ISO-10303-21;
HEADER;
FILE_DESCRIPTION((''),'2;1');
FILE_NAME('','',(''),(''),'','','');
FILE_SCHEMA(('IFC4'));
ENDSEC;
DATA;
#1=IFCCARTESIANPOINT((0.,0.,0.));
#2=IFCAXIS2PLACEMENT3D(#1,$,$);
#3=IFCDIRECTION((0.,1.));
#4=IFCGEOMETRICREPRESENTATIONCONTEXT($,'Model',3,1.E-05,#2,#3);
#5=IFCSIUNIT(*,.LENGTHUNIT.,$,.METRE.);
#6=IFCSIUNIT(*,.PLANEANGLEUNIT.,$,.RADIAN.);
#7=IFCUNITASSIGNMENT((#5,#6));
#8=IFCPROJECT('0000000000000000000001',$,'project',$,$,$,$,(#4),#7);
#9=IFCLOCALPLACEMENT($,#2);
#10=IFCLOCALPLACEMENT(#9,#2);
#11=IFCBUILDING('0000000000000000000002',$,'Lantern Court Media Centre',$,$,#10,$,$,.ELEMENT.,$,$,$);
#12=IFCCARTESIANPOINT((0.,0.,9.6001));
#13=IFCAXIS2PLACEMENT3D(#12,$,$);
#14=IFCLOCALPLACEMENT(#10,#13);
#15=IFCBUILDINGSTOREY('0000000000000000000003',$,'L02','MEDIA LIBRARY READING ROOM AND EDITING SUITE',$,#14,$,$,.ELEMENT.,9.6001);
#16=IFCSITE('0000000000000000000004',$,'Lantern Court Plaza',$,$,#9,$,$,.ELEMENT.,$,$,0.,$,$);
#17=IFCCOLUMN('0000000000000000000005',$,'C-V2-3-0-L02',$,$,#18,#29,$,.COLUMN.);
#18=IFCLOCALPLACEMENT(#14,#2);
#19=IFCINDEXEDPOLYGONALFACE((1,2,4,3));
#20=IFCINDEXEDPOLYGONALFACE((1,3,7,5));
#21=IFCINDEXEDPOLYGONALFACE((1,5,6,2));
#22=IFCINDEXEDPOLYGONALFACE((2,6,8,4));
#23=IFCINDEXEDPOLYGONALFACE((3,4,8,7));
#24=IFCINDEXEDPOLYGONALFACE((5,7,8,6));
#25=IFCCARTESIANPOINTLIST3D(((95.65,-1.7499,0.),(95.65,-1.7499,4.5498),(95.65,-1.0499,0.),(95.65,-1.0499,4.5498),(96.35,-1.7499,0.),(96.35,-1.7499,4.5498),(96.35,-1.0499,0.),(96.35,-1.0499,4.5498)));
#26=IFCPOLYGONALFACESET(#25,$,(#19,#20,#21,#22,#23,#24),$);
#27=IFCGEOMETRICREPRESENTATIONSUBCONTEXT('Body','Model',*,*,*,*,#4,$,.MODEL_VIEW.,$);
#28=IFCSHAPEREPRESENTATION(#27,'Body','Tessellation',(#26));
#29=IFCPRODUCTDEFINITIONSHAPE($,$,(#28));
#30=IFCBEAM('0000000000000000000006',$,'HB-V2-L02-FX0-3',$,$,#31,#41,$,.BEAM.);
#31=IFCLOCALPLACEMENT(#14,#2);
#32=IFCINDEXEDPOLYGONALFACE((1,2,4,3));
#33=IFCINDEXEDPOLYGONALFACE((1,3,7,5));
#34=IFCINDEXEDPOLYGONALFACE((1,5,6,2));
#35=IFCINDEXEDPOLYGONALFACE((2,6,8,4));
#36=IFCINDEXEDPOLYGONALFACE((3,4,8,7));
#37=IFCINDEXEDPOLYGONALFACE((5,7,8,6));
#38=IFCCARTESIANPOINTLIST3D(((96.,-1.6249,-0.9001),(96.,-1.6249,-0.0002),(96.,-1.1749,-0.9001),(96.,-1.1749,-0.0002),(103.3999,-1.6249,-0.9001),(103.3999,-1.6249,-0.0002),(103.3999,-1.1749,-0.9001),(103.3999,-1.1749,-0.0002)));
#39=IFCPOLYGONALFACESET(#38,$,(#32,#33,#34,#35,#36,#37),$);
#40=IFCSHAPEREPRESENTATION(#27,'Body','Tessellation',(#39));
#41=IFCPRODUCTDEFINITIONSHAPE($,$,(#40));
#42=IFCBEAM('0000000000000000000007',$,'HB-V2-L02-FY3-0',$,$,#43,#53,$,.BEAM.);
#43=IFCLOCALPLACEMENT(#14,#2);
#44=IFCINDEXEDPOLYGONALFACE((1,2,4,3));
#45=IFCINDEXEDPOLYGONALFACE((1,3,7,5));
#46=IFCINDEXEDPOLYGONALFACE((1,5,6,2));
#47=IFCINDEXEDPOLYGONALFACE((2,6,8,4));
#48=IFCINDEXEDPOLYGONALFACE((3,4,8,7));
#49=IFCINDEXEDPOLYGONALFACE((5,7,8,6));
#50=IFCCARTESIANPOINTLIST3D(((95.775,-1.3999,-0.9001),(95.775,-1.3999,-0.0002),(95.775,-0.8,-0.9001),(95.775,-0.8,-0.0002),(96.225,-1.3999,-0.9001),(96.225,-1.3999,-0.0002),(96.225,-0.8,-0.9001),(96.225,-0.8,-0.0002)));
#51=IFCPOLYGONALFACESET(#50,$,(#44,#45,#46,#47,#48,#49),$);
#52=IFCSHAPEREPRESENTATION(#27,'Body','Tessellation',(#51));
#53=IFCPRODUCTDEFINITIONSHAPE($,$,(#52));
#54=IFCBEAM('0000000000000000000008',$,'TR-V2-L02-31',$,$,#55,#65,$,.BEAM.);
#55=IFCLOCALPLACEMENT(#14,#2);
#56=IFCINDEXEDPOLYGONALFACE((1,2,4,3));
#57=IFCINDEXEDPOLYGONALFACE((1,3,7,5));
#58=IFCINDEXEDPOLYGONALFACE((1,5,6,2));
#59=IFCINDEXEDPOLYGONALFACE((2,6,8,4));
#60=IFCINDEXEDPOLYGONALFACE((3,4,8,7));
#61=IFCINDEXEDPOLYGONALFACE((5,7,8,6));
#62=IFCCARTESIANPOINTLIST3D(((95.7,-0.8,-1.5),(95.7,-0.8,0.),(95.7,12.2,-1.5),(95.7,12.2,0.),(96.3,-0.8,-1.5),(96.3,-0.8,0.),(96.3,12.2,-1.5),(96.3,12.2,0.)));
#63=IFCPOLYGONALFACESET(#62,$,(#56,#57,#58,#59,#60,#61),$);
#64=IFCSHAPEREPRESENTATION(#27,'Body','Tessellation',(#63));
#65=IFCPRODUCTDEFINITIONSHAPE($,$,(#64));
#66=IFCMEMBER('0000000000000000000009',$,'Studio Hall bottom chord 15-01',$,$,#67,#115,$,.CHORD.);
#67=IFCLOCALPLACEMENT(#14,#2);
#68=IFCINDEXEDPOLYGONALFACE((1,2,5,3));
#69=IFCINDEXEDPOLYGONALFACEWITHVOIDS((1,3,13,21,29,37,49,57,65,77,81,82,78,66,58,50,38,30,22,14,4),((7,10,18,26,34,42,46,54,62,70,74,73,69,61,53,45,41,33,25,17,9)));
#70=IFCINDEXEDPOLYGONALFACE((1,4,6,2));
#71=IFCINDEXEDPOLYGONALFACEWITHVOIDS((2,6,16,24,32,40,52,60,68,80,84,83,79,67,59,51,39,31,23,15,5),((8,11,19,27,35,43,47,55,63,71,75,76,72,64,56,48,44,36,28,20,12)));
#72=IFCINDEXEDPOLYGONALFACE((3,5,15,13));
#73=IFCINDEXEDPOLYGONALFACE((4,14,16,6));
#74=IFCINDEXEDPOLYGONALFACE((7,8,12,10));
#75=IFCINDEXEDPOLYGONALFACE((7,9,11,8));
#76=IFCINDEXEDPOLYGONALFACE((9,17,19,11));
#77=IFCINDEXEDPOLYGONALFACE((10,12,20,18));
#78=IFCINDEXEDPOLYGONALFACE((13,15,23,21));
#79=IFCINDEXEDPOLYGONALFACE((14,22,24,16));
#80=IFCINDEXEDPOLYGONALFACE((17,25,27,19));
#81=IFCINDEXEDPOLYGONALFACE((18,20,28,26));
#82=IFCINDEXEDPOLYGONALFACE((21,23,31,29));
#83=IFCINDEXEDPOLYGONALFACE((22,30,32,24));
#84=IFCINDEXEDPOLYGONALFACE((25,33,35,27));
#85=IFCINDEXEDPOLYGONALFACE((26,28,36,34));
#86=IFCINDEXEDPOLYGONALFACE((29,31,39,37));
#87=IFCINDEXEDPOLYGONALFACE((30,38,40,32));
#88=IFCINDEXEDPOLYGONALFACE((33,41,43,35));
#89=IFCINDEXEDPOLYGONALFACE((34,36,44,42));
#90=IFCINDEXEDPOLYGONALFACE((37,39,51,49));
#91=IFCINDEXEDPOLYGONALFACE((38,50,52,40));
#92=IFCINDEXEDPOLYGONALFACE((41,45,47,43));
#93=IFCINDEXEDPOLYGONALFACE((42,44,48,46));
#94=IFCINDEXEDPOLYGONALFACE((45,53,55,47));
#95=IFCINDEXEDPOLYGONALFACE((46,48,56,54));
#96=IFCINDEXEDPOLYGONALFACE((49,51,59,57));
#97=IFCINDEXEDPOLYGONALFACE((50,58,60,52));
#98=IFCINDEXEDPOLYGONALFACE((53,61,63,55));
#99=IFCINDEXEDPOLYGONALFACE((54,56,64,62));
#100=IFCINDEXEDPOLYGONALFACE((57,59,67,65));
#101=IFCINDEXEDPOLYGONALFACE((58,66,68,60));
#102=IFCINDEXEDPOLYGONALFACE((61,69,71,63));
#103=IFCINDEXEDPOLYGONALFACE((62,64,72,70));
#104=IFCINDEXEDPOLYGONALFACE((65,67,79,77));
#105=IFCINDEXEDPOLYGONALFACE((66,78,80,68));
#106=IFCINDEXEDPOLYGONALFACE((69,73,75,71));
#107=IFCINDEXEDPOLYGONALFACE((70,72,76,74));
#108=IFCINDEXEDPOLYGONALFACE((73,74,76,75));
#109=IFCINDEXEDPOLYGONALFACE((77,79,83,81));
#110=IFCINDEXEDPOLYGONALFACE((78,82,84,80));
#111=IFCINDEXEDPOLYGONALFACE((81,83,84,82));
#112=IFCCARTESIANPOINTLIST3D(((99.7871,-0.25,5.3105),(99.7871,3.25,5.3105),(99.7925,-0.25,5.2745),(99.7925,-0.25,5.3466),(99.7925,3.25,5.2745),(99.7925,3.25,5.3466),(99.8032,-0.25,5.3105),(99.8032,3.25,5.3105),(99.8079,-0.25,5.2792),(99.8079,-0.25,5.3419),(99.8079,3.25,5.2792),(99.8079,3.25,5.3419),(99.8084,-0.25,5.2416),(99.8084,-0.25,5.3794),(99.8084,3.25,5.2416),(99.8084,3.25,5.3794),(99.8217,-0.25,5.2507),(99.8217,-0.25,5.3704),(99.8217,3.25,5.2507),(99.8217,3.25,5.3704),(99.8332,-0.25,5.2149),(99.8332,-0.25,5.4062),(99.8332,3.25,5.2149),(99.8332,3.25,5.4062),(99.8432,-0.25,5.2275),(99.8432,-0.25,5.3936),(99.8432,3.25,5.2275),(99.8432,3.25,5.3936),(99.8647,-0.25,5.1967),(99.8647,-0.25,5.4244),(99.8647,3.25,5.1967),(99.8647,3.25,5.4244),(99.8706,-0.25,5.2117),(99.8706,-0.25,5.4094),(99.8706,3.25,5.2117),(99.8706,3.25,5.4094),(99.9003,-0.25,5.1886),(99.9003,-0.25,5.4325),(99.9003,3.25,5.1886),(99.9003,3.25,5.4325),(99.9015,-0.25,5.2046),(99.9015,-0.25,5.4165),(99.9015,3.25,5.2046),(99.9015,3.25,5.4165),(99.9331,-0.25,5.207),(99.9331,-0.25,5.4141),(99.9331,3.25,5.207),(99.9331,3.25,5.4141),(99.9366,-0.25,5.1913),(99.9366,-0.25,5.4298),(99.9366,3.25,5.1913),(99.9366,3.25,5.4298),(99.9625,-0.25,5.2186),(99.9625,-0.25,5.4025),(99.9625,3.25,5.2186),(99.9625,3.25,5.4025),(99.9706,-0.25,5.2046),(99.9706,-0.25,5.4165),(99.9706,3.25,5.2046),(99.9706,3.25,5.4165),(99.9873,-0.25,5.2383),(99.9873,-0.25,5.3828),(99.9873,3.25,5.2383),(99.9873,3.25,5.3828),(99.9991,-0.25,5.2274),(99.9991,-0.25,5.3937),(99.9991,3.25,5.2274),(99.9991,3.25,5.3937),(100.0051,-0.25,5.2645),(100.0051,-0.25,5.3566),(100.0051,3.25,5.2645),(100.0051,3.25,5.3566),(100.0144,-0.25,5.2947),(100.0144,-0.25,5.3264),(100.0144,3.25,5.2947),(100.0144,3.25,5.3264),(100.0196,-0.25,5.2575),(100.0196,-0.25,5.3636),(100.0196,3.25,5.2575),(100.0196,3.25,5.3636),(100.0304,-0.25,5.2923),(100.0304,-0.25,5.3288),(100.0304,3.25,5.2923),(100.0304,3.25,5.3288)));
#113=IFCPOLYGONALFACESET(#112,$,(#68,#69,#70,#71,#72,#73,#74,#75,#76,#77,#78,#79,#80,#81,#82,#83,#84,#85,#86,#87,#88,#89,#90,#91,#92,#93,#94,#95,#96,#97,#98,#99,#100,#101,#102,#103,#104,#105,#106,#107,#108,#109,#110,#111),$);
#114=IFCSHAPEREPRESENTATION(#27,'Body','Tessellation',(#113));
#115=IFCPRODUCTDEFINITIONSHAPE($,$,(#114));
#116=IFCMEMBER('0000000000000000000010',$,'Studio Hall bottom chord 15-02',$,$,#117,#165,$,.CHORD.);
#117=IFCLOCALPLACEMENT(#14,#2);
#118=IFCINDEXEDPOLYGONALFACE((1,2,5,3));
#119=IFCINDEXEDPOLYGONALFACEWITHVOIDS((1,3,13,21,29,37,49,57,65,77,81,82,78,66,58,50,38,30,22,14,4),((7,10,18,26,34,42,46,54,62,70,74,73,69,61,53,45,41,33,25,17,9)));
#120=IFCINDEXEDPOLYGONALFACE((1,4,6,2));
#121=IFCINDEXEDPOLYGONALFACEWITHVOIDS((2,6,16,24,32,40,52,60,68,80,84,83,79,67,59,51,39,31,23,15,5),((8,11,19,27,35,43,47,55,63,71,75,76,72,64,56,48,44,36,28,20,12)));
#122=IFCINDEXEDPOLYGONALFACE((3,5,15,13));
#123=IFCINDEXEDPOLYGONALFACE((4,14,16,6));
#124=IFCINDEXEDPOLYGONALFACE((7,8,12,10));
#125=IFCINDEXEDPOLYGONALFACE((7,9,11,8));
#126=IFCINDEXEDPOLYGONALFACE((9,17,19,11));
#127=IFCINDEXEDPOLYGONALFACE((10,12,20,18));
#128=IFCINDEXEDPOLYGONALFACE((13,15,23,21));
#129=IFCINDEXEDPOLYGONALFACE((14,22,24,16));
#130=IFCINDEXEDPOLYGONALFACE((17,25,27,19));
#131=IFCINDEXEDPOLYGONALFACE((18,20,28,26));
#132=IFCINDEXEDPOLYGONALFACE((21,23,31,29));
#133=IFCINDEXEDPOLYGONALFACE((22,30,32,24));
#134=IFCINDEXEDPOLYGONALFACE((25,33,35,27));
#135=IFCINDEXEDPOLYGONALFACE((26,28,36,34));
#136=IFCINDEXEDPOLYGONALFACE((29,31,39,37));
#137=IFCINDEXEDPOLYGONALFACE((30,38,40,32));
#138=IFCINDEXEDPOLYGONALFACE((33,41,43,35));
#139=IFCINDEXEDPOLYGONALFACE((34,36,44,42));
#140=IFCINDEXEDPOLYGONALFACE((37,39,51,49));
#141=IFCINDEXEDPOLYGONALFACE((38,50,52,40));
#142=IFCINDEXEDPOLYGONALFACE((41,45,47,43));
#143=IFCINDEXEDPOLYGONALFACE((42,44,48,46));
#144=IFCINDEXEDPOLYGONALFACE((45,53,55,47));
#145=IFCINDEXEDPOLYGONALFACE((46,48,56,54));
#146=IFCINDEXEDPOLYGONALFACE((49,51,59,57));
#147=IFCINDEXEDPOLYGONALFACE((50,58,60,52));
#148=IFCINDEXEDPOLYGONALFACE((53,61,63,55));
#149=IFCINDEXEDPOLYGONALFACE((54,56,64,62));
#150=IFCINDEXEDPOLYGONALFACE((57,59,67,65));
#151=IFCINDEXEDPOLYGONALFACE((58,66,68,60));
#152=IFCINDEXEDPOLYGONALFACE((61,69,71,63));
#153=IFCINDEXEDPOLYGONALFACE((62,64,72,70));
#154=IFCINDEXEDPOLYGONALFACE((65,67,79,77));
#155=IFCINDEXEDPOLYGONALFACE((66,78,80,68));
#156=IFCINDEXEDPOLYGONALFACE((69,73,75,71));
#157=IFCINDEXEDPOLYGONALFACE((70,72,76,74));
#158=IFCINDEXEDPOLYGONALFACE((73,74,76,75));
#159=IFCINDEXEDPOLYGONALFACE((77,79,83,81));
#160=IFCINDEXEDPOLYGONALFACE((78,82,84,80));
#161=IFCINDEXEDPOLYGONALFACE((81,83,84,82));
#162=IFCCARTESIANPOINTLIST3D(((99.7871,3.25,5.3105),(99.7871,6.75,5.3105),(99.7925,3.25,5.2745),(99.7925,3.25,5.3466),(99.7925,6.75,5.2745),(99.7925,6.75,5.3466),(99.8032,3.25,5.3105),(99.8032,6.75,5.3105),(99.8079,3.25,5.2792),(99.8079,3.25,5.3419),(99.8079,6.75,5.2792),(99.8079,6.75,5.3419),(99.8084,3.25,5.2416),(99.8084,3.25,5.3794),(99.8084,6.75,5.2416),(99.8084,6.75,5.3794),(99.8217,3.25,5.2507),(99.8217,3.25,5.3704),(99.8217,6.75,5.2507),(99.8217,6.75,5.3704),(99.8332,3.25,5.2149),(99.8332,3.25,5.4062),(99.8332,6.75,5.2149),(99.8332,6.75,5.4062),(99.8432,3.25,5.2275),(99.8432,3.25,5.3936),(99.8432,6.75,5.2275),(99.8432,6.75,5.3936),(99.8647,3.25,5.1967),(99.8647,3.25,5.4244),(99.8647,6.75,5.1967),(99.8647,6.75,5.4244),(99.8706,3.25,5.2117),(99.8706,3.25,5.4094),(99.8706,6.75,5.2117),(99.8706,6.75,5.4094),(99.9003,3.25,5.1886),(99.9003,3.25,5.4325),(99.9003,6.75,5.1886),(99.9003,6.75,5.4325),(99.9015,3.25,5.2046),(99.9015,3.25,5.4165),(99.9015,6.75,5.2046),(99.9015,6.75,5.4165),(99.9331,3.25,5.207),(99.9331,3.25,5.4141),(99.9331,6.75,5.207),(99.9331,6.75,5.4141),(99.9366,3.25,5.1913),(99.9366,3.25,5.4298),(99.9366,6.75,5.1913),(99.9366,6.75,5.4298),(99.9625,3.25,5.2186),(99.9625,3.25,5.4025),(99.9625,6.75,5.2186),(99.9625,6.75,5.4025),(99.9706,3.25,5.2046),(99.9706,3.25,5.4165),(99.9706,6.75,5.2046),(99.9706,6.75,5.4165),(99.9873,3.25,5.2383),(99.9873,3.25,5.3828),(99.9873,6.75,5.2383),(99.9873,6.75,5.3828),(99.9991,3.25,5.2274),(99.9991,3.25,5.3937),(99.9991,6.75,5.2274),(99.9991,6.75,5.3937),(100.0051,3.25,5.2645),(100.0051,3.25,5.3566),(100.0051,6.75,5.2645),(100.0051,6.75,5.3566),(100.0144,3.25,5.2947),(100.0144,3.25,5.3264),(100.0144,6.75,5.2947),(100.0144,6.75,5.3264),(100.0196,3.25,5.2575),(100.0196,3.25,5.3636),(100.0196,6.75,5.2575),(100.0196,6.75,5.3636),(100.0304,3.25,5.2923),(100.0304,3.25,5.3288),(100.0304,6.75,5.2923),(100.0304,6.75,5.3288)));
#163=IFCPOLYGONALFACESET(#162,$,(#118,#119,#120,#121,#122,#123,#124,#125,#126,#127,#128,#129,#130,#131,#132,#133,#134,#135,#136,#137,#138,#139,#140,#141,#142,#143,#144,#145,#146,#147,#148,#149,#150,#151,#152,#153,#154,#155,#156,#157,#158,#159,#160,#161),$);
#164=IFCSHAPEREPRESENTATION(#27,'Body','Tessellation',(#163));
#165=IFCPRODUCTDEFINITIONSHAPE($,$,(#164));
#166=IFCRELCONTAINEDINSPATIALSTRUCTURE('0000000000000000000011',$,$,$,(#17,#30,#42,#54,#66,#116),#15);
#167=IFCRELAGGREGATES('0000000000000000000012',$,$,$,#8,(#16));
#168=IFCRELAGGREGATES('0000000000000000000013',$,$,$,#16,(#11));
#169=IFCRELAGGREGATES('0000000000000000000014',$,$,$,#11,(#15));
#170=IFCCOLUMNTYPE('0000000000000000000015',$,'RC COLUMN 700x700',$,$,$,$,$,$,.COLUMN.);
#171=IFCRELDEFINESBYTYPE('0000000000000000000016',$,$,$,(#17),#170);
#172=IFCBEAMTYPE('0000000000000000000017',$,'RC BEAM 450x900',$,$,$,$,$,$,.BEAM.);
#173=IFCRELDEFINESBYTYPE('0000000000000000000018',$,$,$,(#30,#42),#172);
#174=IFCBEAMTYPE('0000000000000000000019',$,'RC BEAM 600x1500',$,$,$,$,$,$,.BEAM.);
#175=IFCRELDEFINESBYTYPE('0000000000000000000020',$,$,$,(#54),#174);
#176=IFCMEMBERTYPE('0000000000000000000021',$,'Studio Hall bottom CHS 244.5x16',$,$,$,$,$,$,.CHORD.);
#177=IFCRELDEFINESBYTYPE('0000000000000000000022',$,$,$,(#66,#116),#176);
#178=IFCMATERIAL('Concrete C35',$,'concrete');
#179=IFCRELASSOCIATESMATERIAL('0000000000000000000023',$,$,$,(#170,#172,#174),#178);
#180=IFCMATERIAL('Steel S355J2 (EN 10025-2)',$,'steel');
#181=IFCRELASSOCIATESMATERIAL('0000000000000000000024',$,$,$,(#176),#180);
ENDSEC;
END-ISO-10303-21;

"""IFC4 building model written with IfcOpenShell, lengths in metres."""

from ifc_helpers import new_model, si_unit, direction, frame, origin, origin_2d, place, context, subcontext, project, spatial, rectangle, hollow_circle, extrude, material, material_profile, profile_set, type_object, element, save


model = new_model("IFC4")

# Units and contexts
model_context = context("Model", 3, precision=1e-05, world=origin(), true_north=direction((0.0, 1.0)))
body_context = subcontext(model_context, "Body", "Model", "MODEL_VIEW")
ifc_project = project(units=[si_unit("LENGTHUNIT", "METRE"), si_unit("PLANEANGLEUNIT", "RADIAN")], contexts=[model_context])

# Site, building, storey
site_placement = place(None, origin())
site = spatial("IfcSite", under=ifc_project, at=site_placement, Name="Lantern Court Plaza", CompositionType="ELEMENT", RefElevation=0.0)
building_placement = place(site_placement, origin())
building = spatial("IfcBuilding", under=site, at=building_placement, Name="Lantern Court Media Centre", CompositionType="ELEMENT")
storey_placement = place(building_placement, frame((0.0, 0.0, 9.6001)))
storey = spatial("IfcBuildingStorey", under=building, at=storey_placement, Name="L02", Description="MEDIA LIBRARY READING ROOM AND EDITING SUITE", CompositionType="ELEMENT", Elevation=9.6001)

# Column
ifc_material_1 = material(Name="Concrete C35", Category="concrete")
ifc_material_profile_1 = material_profile(ifc_material_1, rectangle(XDim=0.7, YDim=0.7, at=origin_2d()), Name="RC 700x700")
ifc_profile_set_1 = profile_set([ifc_material_profile_1], Name="Concrete C35")
column_type = type_object("IfcColumnType", Name="RC COLUMN 700x700", PredefinedType="COLUMN", material=ifc_profile_set_1)
column_placement = place(storey_placement, frame((96.0, -1.3999, 0.0), z_axis=(0.0, 0.0, 1.0), x_axis=(1.0, 0.0, 0.0)))
element("IfcColumn", 1, at=column_placement, inside=storey, type_object=column_type, Name="C-V2-3-0-L02", PredefinedType="COLUMN", context=body_context, shape_type="SweptSolid", body=[
    extrude(rectangle(XDim=0.7, YDim=0.7, at=origin_2d()), origin(), (0.0, 0.0, 1.0), 4.5498),
])

# Beams
ifc_material_profile_2 = material_profile(ifc_material_1, rectangle(XDim=0.45, YDim=0.8999, at=origin_2d()), Name="RC 450x900")
ifc_profile_set_2 = profile_set([ifc_material_profile_2], Name="Concrete C35")
beam_type_1 = type_object("IfcBeamType", Name="RC BEAM 450x900", PredefinedType="BEAM", material=ifc_profile_set_2)
beam_1_placement = place(storey_placement, frame((96.0, -1.3999, -0.4502), z_axis=(1.0, 0.0, 0.0), x_axis=(0.0, 1.0, 0.0)))
element("IfcBeam", 2, at=beam_1_placement, inside=storey, type_object=beam_type_1, Name="HB-V2-L02-FX0-3", PredefinedType="BEAM", context=body_context, shape_type="SweptSolid", body=[
    extrude(rectangle(XDim=0.45, YDim=0.8999, at=origin_2d()), origin(), (0.0, 0.0, 1.0), 7.3999),
])
beam_2_placement = place(storey_placement, frame((96.0, -1.3999, -0.4502), z_axis=(0.0, 1.0, 0.0), x_axis=(-1.0, 0.0, 0.0)))
element("IfcBeam", 3, at=beam_2_placement, inside=storey, type_object=beam_type_1, Name="HB-V2-L02-FY3-0", PredefinedType="BEAM", context=body_context, shape_type="SweptSolid", body=[
    extrude(rectangle(XDim=0.45, YDim=0.8999, at=origin_2d()), origin(), (0.0, 0.0, 1.0), 0.5999),
])
ifc_material_profile_3 = material_profile(ifc_material_1, rectangle(XDim=0.6001, YDim=1.5, at=origin_2d()), Name="RC 600x1500")
ifc_profile_set_3 = profile_set([ifc_material_profile_3], Name="Concrete C35")
beam_type_2 = type_object("IfcBeamType", Name="RC BEAM 600x1500", PredefinedType="BEAM", material=ifc_profile_set_3)
beam_3_placement = place(storey_placement, frame((96.0, -0.8, -0.75), z_axis=(0.0, 1.0, 0.0), x_axis=(-1.0, 0.0, 0.0)))
element("IfcBeam", 4, at=beam_3_placement, inside=storey, type_object=beam_type_2, Name="TR-V2-L02-31", PredefinedType="BEAM", context=body_context, shape_type="SweptSolid", body=[
    extrude(rectangle(XDim=0.6001, YDim=1.5, at=origin_2d()), origin(), (0.0, 0.0, 1.0), 13.0),
])

# Members
ifc_material_2 = material(Name="Steel S355J2 (EN 10025-2)", Category="steel")
ifc_material_profile_4 = material_profile(ifc_material_2, hollow_circle(Radius=0.1223, WallThickness=0.0161, at=origin_2d()), Name="Studio Hall bottom CHS 244.5x16")
ifc_profile_set_4 = profile_set([ifc_material_profile_4], Name="Steel S355J2 (EN 10025-2)")
member_type_1 = type_object("IfcMemberType", Name="Studio Hall bottom CHS 244.5x16", PredefinedType="CHORD", material=ifc_profile_set_4)
for number, where, z_axis, x_axis, name in (
    (5, (99.9094, -0.25, 5.3105), (0.0, 1.0, 0.0), (-1.0, 0.0, 0.0), "Studio Hall bottom chord 15-01"),
    (6, (99.9094, 3.25, 5.3105), (0.0, 1.0, 0.0), (-1.0, 0.0, 0.0), "Studio Hall bottom chord 15-02"),
):
    element("IfcMember", number, at=place(storey_placement, frame(where, z_axis=z_axis, x_axis=x_axis)), inside=storey, type_object=member_type_1, Name=name, PredefinedType="CHORD", context=body_context, shape_type="SweptSolid", body=[
        extrude(hollow_circle(Radius=0.1223, WallThickness=0.0161, at=origin_2d()), origin(), (0.0, 0.0, 1.0), 3.5),
    ])

save(model, "model.ifc")
